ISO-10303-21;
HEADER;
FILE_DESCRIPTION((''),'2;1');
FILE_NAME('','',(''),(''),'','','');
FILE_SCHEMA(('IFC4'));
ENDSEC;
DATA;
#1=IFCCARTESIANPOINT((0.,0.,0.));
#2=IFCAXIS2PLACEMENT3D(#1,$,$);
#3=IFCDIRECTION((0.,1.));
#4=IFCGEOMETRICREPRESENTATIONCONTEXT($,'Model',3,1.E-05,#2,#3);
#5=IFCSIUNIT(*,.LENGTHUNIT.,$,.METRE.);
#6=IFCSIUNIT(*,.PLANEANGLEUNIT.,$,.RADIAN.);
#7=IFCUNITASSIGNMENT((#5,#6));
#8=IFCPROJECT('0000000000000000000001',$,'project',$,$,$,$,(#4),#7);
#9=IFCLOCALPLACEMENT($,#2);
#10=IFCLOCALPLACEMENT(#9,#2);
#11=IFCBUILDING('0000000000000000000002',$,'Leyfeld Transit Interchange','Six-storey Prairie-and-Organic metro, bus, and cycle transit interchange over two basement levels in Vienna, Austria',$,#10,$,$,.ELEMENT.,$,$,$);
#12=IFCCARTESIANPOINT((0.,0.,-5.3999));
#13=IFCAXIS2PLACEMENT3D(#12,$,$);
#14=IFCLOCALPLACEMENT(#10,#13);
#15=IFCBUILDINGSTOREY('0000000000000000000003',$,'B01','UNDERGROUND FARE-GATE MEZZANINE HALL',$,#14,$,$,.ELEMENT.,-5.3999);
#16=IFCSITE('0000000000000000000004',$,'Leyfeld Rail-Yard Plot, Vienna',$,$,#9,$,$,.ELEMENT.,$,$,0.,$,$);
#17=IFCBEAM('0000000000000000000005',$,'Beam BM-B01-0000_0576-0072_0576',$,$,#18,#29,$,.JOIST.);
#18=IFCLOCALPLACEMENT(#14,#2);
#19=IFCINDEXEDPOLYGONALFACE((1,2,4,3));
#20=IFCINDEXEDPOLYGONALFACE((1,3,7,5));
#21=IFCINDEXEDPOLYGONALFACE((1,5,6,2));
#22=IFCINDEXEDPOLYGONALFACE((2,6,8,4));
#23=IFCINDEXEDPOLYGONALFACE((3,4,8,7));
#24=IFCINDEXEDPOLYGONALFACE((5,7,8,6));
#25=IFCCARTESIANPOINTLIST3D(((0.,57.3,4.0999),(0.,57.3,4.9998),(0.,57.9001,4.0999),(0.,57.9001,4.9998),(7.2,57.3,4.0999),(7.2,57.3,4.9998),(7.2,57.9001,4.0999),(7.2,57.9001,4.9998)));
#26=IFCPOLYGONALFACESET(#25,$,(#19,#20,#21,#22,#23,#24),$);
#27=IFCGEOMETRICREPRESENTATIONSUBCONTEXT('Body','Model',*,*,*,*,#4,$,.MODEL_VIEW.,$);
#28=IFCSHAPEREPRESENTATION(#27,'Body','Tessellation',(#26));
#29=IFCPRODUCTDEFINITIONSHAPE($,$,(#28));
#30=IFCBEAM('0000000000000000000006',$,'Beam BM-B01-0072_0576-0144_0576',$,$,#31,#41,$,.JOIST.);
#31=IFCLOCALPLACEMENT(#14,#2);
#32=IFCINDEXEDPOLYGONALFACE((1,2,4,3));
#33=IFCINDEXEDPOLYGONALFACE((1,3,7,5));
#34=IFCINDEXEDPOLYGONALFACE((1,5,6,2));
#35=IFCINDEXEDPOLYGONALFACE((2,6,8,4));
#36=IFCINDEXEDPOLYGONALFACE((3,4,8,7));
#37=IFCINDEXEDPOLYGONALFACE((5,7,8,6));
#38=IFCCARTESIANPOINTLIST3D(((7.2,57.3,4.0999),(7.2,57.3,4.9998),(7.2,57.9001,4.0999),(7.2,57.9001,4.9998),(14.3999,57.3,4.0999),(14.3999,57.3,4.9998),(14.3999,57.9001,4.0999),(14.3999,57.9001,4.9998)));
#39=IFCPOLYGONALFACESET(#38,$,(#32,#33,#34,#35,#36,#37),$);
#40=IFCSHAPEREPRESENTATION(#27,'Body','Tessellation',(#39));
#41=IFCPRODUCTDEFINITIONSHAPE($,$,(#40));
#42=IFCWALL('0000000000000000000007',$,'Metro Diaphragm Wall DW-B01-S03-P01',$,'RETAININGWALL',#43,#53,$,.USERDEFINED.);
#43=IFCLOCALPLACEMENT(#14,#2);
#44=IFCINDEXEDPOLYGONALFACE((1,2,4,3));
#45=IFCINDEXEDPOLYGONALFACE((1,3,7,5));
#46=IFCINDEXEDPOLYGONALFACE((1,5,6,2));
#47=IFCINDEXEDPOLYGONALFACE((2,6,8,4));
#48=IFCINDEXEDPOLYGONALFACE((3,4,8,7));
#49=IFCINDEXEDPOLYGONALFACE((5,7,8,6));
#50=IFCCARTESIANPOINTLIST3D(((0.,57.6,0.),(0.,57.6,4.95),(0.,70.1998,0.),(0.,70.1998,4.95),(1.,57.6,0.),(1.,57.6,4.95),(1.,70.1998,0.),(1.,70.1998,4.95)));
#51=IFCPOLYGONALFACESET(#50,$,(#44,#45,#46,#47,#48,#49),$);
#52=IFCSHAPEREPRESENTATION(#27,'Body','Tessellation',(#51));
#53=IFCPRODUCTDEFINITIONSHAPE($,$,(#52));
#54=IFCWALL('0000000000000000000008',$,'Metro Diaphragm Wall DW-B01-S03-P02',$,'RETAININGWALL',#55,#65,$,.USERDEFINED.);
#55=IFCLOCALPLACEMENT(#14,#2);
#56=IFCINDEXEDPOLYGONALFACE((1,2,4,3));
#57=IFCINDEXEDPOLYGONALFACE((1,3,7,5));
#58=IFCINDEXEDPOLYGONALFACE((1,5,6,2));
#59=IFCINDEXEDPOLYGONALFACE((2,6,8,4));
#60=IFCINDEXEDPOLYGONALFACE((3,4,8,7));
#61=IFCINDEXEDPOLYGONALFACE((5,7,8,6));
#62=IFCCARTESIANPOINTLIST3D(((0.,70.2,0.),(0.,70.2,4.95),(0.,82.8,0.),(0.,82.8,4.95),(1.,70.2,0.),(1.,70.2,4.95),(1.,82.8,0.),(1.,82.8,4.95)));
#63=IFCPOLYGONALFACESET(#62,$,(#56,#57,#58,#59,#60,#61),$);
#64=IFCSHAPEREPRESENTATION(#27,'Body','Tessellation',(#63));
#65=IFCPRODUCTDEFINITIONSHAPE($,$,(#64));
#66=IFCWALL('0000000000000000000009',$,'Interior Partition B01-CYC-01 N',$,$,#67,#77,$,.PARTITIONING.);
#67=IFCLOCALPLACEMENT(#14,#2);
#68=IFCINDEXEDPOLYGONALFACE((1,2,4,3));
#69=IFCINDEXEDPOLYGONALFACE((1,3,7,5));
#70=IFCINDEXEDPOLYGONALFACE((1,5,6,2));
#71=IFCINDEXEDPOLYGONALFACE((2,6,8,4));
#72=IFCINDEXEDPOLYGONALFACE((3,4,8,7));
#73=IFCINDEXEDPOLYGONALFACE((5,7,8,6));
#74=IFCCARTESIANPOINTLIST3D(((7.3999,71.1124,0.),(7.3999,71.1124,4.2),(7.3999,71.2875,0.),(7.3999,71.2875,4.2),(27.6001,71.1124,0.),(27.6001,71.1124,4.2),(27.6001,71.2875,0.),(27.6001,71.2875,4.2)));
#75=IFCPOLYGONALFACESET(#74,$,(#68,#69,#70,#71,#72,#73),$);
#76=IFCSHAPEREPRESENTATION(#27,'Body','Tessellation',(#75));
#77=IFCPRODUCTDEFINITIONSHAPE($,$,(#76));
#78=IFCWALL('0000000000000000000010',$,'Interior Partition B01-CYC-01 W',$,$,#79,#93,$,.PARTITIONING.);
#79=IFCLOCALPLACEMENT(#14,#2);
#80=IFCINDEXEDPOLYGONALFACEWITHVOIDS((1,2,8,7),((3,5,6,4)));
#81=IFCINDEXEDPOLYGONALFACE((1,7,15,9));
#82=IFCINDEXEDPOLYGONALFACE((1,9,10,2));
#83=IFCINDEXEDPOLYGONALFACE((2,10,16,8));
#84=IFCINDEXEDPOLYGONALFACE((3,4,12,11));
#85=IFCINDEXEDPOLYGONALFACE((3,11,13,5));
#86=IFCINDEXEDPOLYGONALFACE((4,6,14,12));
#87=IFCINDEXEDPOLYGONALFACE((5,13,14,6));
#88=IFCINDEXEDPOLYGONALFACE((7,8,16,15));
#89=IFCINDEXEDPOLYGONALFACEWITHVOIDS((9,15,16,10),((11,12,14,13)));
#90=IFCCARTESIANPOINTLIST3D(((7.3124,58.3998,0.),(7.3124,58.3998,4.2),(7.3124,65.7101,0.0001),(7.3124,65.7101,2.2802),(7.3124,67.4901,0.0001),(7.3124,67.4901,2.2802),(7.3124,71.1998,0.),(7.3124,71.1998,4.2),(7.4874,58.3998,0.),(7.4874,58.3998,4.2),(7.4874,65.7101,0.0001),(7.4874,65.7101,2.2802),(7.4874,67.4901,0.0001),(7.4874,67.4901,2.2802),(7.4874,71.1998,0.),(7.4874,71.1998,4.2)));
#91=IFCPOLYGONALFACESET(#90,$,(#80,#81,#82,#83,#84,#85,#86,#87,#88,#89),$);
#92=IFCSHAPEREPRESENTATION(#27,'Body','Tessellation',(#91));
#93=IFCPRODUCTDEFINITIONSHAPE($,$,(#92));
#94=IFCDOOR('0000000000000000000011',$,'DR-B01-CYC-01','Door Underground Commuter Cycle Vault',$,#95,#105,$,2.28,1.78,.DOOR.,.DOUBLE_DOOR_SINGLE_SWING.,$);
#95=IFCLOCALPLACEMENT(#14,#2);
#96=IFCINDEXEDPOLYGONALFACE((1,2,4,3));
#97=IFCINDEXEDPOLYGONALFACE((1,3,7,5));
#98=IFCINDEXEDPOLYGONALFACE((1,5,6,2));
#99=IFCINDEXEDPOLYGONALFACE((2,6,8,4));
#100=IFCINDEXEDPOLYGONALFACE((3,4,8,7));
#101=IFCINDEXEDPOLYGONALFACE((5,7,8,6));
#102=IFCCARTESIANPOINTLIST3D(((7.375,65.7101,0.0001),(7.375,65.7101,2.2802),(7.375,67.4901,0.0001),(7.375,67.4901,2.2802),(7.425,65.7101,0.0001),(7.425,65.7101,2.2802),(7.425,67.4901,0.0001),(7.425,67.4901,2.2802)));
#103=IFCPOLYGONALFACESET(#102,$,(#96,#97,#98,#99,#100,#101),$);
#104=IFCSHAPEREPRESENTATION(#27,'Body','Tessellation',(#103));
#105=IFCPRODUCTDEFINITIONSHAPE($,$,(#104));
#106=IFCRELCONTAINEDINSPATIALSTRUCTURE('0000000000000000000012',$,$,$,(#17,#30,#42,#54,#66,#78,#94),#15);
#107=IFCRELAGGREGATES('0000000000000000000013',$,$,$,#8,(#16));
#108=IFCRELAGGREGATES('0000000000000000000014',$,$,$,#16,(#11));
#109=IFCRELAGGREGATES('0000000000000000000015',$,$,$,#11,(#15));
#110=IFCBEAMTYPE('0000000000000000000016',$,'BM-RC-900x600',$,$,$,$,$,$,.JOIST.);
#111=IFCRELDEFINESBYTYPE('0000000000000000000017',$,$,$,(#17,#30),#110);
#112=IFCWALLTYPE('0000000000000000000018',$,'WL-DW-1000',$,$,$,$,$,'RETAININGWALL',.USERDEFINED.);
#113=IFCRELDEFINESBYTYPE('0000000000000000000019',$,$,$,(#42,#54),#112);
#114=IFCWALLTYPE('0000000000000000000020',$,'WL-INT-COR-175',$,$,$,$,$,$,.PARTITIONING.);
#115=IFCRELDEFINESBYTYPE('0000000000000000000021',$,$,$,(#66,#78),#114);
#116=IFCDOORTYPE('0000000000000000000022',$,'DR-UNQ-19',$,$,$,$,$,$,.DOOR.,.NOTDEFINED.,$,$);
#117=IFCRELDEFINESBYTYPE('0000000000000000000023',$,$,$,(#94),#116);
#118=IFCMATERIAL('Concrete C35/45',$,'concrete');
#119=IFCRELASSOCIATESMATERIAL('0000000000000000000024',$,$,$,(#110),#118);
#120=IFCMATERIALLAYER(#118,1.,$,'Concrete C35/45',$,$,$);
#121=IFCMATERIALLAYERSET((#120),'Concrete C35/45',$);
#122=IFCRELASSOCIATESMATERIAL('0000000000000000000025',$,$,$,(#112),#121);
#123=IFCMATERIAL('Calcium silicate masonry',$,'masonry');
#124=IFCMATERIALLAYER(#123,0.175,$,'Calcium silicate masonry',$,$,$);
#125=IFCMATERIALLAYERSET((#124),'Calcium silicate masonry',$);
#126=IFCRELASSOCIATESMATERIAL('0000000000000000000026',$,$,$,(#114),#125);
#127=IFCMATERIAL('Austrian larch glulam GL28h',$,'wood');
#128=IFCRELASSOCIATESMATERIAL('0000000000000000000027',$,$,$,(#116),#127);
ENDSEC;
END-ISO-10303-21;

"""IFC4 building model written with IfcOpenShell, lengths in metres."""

from ifc_helpers import new_model, si_unit, direction, frame, frame_2d, origin, origin_2d, place, context, subcontext, project, spatial, rectangle, extrude, material, layer, layer_set, material_profile, profile_set, type_object, element, fill, save


model = new_model("IFC4")

# Units and contexts
model_context = context("Model", 3, precision=1e-05, world=origin(), true_north=direction((0.0, 1.0)))
body_context = subcontext(model_context, "Body", "Model", "MODEL_VIEW")
ifc_project = project(units=[si_unit("LENGTHUNIT", "METRE"), si_unit("PLANEANGLEUNIT", "RADIAN")], contexts=[model_context])

# Site, building, storey
site_placement = place(None, origin())
site = spatial("IfcSite", under=ifc_project, at=site_placement, Name="Leyfeld Rail-Yard Plot, Vienna", CompositionType="ELEMENT", RefElevation=0.0)
building_placement = place(site_placement, origin())
building = spatial("IfcBuilding", under=site, at=building_placement, Name="Leyfeld Transit Interchange", Description="Six-storey Prairie-and-Organic metro, bus, and cycle transit interchange over two basement levels in Vienna, Austria", CompositionType="ELEMENT")
storey_placement = place(building_placement, frame((0.0, 0.0, -5.3999)))
storey = spatial("IfcBuildingStorey", under=building, at=storey_placement, Name="B01", Description="UNDERGROUND FARE-GATE MEZZANINE HALL", CompositionType="ELEMENT", Elevation=-5.3999)

# Shared definitions
ifc_material_1 = material(Name="Concrete C35/45", Category="concrete")

# Beams
ifc_material_profile_1 = material_profile(ifc_material_1, rectangle(XDim=0.6001, YDim=0.8999, at=origin_2d()), Name="RC 900x600")
ifc_profile_set_1 = profile_set([ifc_material_profile_1], Name="Concrete C35/45")
beam_type_1 = type_object("IfcBeamType", Name="BM-RC-900x600", PredefinedType="JOIST", material=ifc_profile_set_1)
for number, where, z_axis, x_axis, name in (
    (1, (0.0, 57.6001, 4.5498), (1.0, 0.0, 0.0), (0.0, 1.0, 0.0), "Beam BM-B01-0000_0576-0072_0576"),
    (2, (7.2, 57.6001, 4.5498), (1.0, 0.0, 0.0), (0.0, 1.0, 0.0), "Beam BM-B01-0072_0576-0144_0576"),
):
    element("IfcBeam", number, at=place(storey_placement, frame(where, z_axis=z_axis, x_axis=x_axis)), inside=storey, type_object=beam_type_1, Name=name, PredefinedType="JOIST", context=body_context, shape_type="SweptSolid", body=[
        extrude(rectangle(XDim=0.6001, YDim=0.8999, at=origin_2d()), origin(), (0.0, 0.0, 1.0), 7.2),
    ])

# Walls
ifc_layer_1 = layer(ifc_material_1, 1.0, Name="Concrete C35/45")
ifc_layer_set_1 = layer_set([ifc_layer_1], Name="Concrete C35/45")
wall_type_1 = type_object("IfcWallType", Name="WL-DW-1000", ElementType="RETAININGWALL", PredefinedType="USERDEFINED", material=ifc_layer_set_1)
wall_1_placement = place(storey_placement, frame((0.5, 57.6001, 0.0), z_axis=(0.0, 0.0, 1.0), x_axis=(0.0, 1.0, 0.0)))
element("IfcWall", 3, at=wall_1_placement, inside=storey, type_object=wall_type_1, Name="Metro Diaphragm Wall DW-B01-S03-P01", ObjectType="RETAININGWALL", PredefinedType="USERDEFINED", context=body_context, shape_type="SweptSolid", body=[
    extrude(rectangle(XDim=12.5999, YDim=1.0, at=frame_2d((6.2998, 0.0))), origin(), (0.0, 0.0, 1.0), 4.95),
])
wall_2_placement = place(storey_placement, frame((0.5, 70.2, 0.0), z_axis=(0.0, 0.0, 1.0), x_axis=(0.0, 1.0, 0.0)))
element("IfcWall", 4, at=wall_2_placement, inside=storey, type_object=wall_type_1, Name="Metro Diaphragm Wall DW-B01-S03-P02", ObjectType="RETAININGWALL", PredefinedType="USERDEFINED", context=body_context, shape_type="SweptSolid", body=[
    extrude(rectangle(XDim=12.6001, YDim=1.0, at=frame_2d((6.3, 0.0))), origin(), (0.0, 0.0, 1.0), 4.95),
])
ifc_material_2 = material(Name="Calcium silicate masonry", Category="masonry")
ifc_layer_2 = layer(ifc_material_2, 0.175, Name="Calcium silicate masonry")
ifc_layer_set_2 = layer_set([ifc_layer_2], Name="Calcium silicate masonry")
wall_type_2 = type_object("IfcWallType", Name="WL-INT-COR-175", PredefinedType="PARTITIONING", material=ifc_layer_set_2)
wall_3_placement = place(storey_placement, frame((7.3999, 71.2, 0.0), z_axis=(0.0, 0.0, 1.0), x_axis=(1.0, 0.0, 0.0)))
element("IfcWall", 5, at=wall_3_placement, inside=storey, type_object=wall_type_2, Name="Interior Partition B01-CYC-01 N", PredefinedType="PARTITIONING", context=body_context, shape_type="SweptSolid", body=[
    extrude(rectangle(XDim=20.2002, YDim=0.175, at=frame_2d((10.1001, 0.0))), origin(), (0.0, 0.0, 1.0), 4.2),
])

# Wall, opening, door
wall_4_placement = place(storey_placement, frame((7.3999, 58.3999, 0.0), z_axis=(0.0, 0.0, 1.0), x_axis=(0.0, 1.0, 0.0)))
wall_4 = element("IfcWall", 6, at=wall_4_placement, inside=storey, type_object=wall_type_2, Name="Interior Partition B01-CYC-01 W", PredefinedType="PARTITIONING", context=body_context, shape_type="SweptSolid", body=[
    extrude(rectangle(XDim=12.8, YDim=0.175, at=frame_2d((6.3999, 0.0))), origin(), (0.0, 0.0, 1.0), 4.2),
])
opening_placement = place(wall_4_placement, frame((7.3101, 0.0, 0.0)))
opening = element("IfcOpeningElement", 7, at=opening_placement, cuts=wall_4, PredefinedType="OPENING", context=body_context, shape_type="SweptSolid", body=[
    extrude(rectangle(XDim=1.78, YDim=2.28, at=frame_2d((0.8901, 1.1401))), frame((0.0, 0.0974, 0.0), z_axis=(0.0, -1.0, 0.0), x_axis=(1.0, 0.0, 0.0)), (0.0, 0.0, 1.0), 0.1951),
])
ifc_material_3 = material(Name="Austrian larch glulam GL28h", Category="wood")
door_type = type_object("IfcDoorType", Name="DR-UNQ-19", OperationType="NOTDEFINED", PredefinedType="DOOR", material=ifc_material_3)
door_placement = place(opening_placement, origin())
door = element("IfcDoor", 8, at=door_placement, inside=storey, type_object=door_type, Name="DR-B01-CYC-01", Description="Door Underground Commuter Cycle Vault", OperationType="DOUBLE_DOOR_SINGLE_SWING", OverallHeight=2.28, OverallWidth=1.78, PredefinedType="DOOR", context=body_context, shape_type="SweptSolid", body=[
    extrude(rectangle(XDim=1.78, YDim=2.28, at=frame_2d((0.8901, 1.1401))), frame((0.0, 0.0249, 0.0), z_axis=(0.0, -1.0, 0.0), x_axis=(1.0, 0.0, 0.0)), (0.0, 0.0, 1.0), 0.05),
])
fill(opening, door)

save(model, "model.ifc")
